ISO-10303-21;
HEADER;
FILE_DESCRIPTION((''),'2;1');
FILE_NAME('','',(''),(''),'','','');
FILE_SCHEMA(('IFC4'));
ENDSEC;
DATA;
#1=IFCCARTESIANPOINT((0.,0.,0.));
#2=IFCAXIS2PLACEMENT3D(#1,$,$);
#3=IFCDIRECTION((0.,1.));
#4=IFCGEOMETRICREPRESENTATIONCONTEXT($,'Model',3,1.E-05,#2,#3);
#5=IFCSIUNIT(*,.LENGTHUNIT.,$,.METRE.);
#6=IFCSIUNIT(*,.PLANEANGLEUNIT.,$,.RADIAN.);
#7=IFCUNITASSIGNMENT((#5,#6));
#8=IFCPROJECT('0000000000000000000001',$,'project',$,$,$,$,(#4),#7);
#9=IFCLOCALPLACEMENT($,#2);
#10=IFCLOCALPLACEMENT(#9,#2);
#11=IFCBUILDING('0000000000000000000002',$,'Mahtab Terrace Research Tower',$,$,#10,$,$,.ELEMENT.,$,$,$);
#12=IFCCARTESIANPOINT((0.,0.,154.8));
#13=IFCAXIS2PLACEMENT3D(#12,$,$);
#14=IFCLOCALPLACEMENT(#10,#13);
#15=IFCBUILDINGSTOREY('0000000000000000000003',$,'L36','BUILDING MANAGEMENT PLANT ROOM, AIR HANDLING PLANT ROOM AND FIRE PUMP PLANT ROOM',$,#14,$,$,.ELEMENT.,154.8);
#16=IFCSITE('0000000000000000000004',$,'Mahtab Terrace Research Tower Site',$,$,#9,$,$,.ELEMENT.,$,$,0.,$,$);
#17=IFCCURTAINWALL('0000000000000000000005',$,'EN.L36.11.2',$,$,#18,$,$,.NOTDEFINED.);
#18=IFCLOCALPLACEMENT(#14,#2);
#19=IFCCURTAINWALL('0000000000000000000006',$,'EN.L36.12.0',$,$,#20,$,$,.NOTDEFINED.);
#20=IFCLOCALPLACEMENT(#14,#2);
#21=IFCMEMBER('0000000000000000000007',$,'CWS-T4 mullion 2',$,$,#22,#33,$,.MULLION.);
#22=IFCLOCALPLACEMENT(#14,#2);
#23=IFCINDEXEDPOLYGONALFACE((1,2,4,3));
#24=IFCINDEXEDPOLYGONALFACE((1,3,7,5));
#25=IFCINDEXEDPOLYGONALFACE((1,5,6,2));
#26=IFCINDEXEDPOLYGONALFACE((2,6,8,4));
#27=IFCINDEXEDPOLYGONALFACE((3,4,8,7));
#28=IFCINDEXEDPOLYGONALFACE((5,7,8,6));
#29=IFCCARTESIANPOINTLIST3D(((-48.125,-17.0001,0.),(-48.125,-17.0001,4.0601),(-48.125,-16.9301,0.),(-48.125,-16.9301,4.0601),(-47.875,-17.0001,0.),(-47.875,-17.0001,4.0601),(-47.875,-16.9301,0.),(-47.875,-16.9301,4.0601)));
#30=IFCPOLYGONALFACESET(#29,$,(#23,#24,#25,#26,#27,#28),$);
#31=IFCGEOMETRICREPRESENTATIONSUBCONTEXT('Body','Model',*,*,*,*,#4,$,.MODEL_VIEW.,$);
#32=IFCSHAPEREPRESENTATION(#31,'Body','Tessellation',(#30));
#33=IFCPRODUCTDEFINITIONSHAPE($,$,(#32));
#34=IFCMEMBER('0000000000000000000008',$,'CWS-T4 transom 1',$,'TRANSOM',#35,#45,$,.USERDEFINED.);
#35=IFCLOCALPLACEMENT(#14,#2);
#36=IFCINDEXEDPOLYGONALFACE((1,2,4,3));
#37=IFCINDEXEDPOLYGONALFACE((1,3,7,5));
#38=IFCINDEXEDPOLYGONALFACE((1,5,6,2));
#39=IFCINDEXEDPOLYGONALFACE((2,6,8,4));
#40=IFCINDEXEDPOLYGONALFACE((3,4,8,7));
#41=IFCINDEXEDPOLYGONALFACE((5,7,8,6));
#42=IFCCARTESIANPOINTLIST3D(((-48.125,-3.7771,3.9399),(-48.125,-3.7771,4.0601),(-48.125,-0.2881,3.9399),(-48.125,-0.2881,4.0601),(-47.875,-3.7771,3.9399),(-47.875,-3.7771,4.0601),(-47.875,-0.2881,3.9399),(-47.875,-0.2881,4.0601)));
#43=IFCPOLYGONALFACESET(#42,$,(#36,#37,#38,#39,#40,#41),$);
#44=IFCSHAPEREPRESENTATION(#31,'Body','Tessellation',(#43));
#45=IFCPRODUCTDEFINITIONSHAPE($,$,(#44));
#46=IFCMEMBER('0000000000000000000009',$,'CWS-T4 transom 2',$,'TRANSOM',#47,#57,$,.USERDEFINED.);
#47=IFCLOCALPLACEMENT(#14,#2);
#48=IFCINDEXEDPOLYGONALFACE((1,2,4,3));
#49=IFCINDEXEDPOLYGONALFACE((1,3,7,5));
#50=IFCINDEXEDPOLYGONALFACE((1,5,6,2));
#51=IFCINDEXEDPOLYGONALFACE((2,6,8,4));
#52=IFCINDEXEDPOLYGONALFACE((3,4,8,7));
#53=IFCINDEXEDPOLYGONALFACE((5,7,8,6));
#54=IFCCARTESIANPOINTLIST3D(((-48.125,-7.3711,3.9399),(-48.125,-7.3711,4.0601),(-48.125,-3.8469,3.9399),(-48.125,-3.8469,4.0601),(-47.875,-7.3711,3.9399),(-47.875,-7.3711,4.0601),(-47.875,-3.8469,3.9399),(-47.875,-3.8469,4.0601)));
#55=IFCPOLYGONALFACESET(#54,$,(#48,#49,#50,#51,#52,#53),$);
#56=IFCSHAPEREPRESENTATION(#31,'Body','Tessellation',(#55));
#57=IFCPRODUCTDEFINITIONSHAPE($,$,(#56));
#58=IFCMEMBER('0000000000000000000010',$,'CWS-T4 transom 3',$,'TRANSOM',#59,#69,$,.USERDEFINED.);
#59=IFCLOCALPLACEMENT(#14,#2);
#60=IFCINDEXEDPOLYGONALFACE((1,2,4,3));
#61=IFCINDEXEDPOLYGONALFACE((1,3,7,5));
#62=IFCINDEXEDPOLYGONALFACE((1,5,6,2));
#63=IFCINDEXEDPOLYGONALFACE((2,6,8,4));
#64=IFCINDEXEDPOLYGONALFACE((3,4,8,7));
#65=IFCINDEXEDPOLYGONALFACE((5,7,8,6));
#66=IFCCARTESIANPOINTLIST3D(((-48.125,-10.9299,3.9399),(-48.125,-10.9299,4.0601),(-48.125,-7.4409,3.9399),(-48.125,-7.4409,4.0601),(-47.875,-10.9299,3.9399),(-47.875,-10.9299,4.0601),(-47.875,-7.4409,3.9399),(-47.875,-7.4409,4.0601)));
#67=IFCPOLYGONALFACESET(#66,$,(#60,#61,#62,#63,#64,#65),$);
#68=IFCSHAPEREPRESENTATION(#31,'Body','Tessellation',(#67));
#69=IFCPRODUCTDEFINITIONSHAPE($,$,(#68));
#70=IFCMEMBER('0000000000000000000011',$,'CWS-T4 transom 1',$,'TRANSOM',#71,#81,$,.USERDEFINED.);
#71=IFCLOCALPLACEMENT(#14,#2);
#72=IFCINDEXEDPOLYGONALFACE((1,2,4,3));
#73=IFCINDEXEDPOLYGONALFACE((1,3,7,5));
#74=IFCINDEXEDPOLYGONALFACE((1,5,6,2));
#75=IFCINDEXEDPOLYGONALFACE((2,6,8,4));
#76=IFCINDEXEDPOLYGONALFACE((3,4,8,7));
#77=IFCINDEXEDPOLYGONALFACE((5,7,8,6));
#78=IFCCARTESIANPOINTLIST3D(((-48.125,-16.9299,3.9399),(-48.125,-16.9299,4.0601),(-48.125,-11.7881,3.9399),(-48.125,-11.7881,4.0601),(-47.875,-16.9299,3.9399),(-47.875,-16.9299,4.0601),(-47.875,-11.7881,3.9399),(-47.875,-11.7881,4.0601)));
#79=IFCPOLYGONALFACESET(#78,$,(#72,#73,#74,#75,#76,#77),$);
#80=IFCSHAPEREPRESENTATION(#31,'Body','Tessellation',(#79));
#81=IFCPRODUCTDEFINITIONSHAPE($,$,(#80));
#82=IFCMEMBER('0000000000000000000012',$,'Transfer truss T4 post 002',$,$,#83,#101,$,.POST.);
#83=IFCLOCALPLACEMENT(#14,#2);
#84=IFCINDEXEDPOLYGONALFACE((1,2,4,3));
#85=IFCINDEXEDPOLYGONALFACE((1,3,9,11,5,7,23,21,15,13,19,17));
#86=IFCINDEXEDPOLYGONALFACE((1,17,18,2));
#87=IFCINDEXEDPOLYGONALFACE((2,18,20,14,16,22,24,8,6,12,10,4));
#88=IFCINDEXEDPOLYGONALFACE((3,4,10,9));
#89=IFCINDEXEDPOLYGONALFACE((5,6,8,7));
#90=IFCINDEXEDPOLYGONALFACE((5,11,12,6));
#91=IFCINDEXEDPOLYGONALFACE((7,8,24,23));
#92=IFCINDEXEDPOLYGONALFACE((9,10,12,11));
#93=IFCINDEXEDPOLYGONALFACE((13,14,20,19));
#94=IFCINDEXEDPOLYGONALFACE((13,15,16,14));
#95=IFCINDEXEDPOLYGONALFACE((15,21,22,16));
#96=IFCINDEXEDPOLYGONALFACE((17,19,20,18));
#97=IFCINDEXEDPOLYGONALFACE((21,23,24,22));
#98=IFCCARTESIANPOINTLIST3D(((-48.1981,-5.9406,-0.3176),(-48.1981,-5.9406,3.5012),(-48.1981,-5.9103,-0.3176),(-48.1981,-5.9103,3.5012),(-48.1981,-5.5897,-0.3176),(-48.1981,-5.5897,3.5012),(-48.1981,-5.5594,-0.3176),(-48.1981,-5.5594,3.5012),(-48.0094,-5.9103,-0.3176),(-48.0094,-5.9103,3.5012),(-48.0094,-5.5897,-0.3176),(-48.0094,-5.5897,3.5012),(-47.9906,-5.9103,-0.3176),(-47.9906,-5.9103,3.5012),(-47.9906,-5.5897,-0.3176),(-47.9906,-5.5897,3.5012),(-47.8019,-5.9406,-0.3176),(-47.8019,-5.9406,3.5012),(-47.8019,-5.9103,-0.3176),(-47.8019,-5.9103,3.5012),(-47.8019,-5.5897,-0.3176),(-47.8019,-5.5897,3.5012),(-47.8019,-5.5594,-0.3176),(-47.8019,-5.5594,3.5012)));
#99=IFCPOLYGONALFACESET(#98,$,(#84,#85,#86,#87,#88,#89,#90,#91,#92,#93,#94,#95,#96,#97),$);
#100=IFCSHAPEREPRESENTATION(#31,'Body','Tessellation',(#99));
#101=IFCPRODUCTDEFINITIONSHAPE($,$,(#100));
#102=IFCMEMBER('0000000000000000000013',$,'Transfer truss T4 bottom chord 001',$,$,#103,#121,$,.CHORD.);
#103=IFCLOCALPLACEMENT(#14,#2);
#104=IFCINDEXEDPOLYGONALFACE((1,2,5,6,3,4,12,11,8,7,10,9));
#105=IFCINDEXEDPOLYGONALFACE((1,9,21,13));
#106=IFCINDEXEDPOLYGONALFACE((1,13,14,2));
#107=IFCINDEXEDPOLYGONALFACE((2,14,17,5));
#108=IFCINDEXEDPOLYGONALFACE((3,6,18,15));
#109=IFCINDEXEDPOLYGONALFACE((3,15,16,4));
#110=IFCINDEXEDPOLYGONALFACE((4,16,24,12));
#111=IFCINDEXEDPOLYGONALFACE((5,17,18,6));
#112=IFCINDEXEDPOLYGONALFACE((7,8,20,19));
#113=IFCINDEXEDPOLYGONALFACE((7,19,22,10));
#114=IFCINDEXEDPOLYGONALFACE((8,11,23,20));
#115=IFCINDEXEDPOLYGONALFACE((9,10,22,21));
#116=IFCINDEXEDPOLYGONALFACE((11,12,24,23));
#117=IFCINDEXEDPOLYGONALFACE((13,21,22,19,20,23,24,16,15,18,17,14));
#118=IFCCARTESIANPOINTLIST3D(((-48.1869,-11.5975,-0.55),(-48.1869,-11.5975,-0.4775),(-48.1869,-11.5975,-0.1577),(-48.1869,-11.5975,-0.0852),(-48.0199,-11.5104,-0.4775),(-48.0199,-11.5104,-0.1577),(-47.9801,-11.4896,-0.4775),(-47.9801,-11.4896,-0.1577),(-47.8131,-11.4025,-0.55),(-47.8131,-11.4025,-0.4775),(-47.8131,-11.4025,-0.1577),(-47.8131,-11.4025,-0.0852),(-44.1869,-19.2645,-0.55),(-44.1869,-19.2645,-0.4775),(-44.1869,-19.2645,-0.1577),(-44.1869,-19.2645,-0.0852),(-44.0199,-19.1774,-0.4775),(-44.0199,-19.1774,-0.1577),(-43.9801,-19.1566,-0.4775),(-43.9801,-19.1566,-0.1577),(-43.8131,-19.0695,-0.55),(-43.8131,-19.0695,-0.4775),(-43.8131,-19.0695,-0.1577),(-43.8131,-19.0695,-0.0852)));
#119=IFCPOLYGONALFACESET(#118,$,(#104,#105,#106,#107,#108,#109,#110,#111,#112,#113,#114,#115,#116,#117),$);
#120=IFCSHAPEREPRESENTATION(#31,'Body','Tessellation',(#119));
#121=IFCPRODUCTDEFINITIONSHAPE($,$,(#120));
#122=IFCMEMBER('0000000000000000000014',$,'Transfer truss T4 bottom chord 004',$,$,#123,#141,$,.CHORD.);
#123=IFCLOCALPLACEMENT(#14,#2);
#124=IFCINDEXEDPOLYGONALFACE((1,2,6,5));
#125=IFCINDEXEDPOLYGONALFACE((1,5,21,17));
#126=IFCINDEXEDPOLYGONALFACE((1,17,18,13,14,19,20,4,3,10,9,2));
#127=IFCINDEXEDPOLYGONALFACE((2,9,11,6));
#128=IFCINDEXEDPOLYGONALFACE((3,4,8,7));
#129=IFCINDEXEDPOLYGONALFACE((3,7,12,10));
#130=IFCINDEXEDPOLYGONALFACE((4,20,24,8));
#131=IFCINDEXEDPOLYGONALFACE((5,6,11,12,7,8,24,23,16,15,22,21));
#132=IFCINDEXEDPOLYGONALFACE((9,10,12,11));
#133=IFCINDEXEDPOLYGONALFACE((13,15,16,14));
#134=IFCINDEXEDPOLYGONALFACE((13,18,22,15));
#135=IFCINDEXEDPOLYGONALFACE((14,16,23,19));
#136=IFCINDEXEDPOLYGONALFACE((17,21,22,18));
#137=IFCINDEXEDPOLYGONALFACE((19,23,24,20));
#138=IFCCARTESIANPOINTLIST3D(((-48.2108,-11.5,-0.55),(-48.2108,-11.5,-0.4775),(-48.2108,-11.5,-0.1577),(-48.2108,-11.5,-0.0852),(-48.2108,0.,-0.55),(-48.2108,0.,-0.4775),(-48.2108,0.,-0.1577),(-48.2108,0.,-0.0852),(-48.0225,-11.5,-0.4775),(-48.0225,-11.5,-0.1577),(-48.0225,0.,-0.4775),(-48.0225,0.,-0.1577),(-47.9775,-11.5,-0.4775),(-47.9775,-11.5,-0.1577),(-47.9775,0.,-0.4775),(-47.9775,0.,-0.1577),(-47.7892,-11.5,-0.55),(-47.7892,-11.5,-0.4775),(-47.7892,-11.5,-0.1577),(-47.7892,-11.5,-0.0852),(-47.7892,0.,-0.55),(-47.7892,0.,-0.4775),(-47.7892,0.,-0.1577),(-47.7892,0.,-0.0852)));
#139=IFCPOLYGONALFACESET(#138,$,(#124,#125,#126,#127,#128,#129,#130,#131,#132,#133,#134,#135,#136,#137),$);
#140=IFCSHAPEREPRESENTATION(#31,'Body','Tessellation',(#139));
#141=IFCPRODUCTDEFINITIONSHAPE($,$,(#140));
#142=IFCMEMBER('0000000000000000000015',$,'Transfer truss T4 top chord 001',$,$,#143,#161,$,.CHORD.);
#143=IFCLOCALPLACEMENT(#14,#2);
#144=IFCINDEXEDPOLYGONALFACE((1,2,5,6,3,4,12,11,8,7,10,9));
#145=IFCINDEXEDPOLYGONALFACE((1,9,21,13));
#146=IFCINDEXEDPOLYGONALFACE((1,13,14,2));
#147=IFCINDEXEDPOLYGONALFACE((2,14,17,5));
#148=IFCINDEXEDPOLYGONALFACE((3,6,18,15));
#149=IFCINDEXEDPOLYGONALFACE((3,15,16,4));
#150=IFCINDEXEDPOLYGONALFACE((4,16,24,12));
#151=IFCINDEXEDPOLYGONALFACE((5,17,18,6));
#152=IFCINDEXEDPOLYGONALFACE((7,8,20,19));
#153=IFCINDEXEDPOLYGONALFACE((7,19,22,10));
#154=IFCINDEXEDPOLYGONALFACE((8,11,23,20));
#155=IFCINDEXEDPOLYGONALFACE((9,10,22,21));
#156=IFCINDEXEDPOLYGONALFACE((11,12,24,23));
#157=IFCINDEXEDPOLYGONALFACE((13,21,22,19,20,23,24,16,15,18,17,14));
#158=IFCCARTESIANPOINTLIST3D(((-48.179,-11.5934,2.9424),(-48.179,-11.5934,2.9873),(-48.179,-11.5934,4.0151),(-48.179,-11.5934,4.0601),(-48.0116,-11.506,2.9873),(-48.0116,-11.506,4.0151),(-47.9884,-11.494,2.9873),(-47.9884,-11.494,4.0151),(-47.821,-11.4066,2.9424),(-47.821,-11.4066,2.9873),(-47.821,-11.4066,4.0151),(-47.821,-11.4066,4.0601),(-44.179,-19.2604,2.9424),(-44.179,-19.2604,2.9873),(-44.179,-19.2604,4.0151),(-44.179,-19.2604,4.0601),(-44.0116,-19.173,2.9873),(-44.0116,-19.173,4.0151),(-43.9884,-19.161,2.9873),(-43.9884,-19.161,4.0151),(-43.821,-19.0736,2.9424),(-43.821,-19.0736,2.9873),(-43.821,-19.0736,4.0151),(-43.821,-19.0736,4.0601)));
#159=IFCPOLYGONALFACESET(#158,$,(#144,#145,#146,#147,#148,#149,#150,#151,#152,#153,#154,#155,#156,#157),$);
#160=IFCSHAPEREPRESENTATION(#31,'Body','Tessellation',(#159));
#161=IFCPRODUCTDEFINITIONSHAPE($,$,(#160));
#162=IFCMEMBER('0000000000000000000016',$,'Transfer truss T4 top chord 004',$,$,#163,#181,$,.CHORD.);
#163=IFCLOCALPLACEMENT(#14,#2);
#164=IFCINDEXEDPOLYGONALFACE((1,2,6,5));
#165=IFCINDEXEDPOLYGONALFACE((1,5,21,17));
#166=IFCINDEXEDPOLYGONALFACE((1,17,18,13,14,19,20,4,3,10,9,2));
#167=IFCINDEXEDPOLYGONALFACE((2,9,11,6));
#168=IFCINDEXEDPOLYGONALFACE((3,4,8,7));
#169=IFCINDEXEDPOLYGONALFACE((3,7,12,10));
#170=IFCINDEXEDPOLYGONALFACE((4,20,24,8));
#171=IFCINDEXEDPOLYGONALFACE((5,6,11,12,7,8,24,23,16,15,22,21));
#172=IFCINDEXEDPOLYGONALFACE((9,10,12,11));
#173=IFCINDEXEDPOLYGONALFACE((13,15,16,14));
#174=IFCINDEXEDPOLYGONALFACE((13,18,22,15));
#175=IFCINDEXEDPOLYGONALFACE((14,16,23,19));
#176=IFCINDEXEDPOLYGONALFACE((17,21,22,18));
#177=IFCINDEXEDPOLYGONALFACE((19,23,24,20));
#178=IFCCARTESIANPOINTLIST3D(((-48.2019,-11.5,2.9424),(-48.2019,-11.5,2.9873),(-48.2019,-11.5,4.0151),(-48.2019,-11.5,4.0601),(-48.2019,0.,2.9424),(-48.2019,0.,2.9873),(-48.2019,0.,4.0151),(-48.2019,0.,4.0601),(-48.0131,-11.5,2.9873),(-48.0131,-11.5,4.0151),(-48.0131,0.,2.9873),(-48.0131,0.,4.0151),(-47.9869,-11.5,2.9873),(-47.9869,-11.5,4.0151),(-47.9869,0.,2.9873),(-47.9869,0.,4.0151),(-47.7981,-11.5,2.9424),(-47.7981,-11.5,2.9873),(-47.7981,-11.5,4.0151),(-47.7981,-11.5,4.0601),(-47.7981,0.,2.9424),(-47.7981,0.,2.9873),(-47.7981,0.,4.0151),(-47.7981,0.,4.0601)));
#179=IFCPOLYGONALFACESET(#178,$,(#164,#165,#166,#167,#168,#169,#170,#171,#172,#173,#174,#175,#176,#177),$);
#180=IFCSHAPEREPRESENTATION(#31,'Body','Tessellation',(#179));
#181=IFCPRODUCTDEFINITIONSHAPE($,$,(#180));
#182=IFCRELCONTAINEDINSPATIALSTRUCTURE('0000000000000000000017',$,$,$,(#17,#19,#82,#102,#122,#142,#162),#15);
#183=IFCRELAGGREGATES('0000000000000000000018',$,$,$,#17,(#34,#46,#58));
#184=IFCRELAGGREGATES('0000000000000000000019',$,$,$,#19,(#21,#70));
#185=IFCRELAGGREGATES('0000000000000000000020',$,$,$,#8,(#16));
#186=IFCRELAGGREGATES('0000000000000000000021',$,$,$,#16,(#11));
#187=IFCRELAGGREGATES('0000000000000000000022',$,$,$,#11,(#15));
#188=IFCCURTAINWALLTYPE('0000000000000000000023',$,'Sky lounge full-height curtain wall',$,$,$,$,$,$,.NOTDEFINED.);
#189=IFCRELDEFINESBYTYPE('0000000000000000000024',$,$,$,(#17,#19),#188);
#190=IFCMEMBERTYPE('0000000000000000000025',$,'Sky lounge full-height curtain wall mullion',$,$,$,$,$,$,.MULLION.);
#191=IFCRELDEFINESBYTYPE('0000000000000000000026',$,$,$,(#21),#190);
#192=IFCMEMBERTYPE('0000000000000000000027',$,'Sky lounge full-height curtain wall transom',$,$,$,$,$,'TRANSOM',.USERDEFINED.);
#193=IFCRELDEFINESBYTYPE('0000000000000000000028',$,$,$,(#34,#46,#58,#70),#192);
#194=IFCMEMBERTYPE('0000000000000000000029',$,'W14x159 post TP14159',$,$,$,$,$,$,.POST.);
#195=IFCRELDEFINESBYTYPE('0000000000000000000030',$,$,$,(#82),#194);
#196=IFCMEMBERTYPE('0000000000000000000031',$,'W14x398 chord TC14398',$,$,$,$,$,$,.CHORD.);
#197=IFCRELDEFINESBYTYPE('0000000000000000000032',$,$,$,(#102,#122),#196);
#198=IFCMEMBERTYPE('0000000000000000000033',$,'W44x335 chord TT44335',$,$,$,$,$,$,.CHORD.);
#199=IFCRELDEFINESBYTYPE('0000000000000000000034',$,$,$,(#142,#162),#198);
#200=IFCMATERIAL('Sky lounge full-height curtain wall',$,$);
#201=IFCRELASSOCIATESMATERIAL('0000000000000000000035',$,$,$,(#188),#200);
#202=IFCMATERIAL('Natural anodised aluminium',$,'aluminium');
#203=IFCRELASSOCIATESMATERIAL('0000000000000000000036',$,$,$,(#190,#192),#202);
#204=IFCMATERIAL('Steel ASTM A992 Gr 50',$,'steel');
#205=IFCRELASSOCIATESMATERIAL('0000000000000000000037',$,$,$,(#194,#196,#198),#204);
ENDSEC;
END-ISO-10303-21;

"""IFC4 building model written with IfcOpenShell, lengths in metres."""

from ifc_helpers import new_model, si_unit, direction, frame, origin, origin_2d, place, context, subcontext, project, spatial, rectangle, i_section, extrude, material, material_profile, profile_set, type_object, element, aggregate, save


model = new_model("IFC4")

# Units and contexts
model_context = context("Model", 3, precision=1e-05, world=origin(), true_north=direction((0.0, 1.0)))
body_context = subcontext(model_context, "Body", "Model", "MODEL_VIEW")
ifc_project = project(units=[si_unit("LENGTHUNIT", "METRE"), si_unit("PLANEANGLEUNIT", "RADIAN")], contexts=[model_context])

# Site, building, storey
site_placement = place(None, origin())
site = spatial("IfcSite", under=ifc_project, at=site_placement, Name="Mahtab Terrace Research Tower Site", CompositionType="ELEMENT", RefElevation=0.0)
building_placement = place(site_placement, origin())
building = spatial("IfcBuilding", under=site, at=building_placement, Name="Mahtab Terrace Research Tower", CompositionType="ELEMENT")
storey_placement = place(building_placement, frame((0.0, 0.0, 154.8)))
storey = spatial("IfcBuildingStorey", under=building, at=storey_placement, Name="L36", Description="BUILDING MANAGEMENT PLANT ROOM, AIR HANDLING PLANT ROOM AND FIRE PUMP PLANT ROOM", CompositionType="ELEMENT", Elevation=154.8)

# Shared definitions
ifc_material_1 = material(Name="Steel ASTM A992 Gr 50", Category="steel")

# Curtain walls, member
ifc_material_2 = material(Name="Sky lounge full-height curtain wall")
curtain_wall_type = type_object("IfcCurtainWallType", Name="Sky lounge full-height curtain wall", PredefinedType="NOTDEFINED", material=ifc_material_2)
curtain_wall_1_placement = place(storey_placement, origin())
curtain_wall_1 = element("IfcCurtainWall", 1, at=curtain_wall_1_placement, inside=storey, type_object=curtain_wall_type, Name="EN.L36.11.2", PredefinedType="NOTDEFINED")
ifc_material_3 = material(Name="Natural anodised aluminium", Category="aluminium")
ifc_material_profile_1 = material_profile(ifc_material_3, rectangle(XDim=0.25, YDim=0.0701, at=origin_2d()), Name="MULLION 70x250")
ifc_profile_set_1 = profile_set([ifc_material_profile_1], Name="Natural anodised aluminium")
member_type_1 = type_object("IfcMemberType", Name="Sky lounge full-height curtain wall mullion", PredefinedType="MULLION", material=ifc_profile_set_1)
curtain_wall_2_placement = place(storey_placement, origin())
curtain_wall_2 = element("IfcCurtainWall", 2, at=curtain_wall_2_placement, inside=storey, type_object=curtain_wall_type, Name="EN.L36.12.0", PredefinedType="NOTDEFINED")
member_1_placement = place(storey_placement, frame((-48.0, -16.9651, 0.0), z_axis=(0.0, 0.0, 1.0), x_axis=(1.0, 0.0, 0.0)))
member_1 = element("IfcMember", 3, at=member_1_placement, type_object=member_type_1, Name="CWS-T4 mullion 2", PredefinedType="MULLION", context=body_context, shape_type="SweptSolid", body=[
    extrude(rectangle(XDim=0.25, YDim=0.0701, at=origin_2d()), origin(), (0.0, 0.0, 1.0), 4.0601),
])

# Members
ifc_material_profile_2 = material_profile(ifc_material_3, rectangle(XDim=0.25, YDim=0.1201, at=origin_2d()), Name="TRANSOM 120x250")
ifc_profile_set_2 = profile_set([ifc_material_profile_2], Name="Natural anodised aluminium")
member_type_2 = type_object("IfcMemberType", Name="Sky lounge full-height curtain wall transom", ElementType="TRANSOM", PredefinedType="USERDEFINED", material=ifc_profile_set_2)
member_2_placement = place(storey_placement, frame((-48.0, -0.2881, 4.0), z_axis=(0.0, -1.0, 0.0), x_axis=(1.0, 0.0, 0.0)))
member_2 = element("IfcMember", 4, at=member_2_placement, type_object=member_type_2, Name="CWS-T4 transom 1", ObjectType="TRANSOM", PredefinedType="USERDEFINED", context=body_context, shape_type="SweptSolid", body=[
    extrude(rectangle(XDim=0.25, YDim=0.1201, at=origin_2d()), origin(), (0.0, 0.0, 1.0), 3.489),
])
member_3_placement = place(storey_placement, frame((-48.0, -3.8469, 4.0), z_axis=(0.0, -1.0, 0.0), x_axis=(1.0, 0.0, 0.0)))
member_3 = element("IfcMember", 5, at=member_3_placement, type_object=member_type_2, Name="CWS-T4 transom 2", ObjectType="TRANSOM", PredefinedType="USERDEFINED", context=body_context, shape_type="SweptSolid", body=[
    extrude(rectangle(XDim=0.25, YDim=0.1201, at=origin_2d()), origin(), (0.0, 0.0, 1.0), 3.5242),
])
member_4_placement = place(storey_placement, frame((-48.0, -7.4409, 4.0), z_axis=(0.0, -1.0, 0.0), x_axis=(1.0, 0.0, 0.0)))
member_4 = element("IfcMember", 6, at=member_4_placement, type_object=member_type_2, Name="CWS-T4 transom 3", ObjectType="TRANSOM", PredefinedType="USERDEFINED", context=body_context, shape_type="SweptSolid", body=[
    extrude(rectangle(XDim=0.25, YDim=0.1201, at=origin_2d()), origin(), (0.0, 0.0, 1.0), 3.489),
])
member_5_placement = place(storey_placement, frame((-48.0, -11.7881, 4.0), z_axis=(0.0, -1.0, 0.0), x_axis=(1.0, 0.0, 0.0)))
member_5 = element("IfcMember", 7, at=member_5_placement, type_object=member_type_2, Name="CWS-T4 transom 1", ObjectType="TRANSOM", PredefinedType="USERDEFINED", context=body_context, shape_type="SweptSolid", body=[
    extrude(rectangle(XDim=0.25, YDim=0.1201, at=origin_2d()), origin(), (0.0, 0.0, 1.0), 5.1418),
])

# Members
ifc_material_profile_3 = material_profile(ifc_material_1, i_section(OverallWidth=0.3962, OverallDepth=0.3811, WebThickness=0.0188, FlangeThickness=0.0303, at=origin_2d()), Name="W14X159")
ifc_profile_set_3 = profile_set([ifc_material_profile_3], Name="Steel ASTM A992 Gr 50")
member_type_3 = type_object("IfcMemberType", Name="W14x159 post TP14159", PredefinedType="POST", material=ifc_profile_set_3)
member_6_placement = place(storey_placement, frame((-48.0, -5.75, -0.3176), z_axis=(0.0, 0.0, 1.0), x_axis=(1.0, 0.0, 0.0)))
element("IfcMember", 8, at=member_6_placement, inside=storey, type_object=member_type_3, Name="Transfer truss T4 post 002", PredefinedType="POST", context=body_context, shape_type="SweptSolid", body=[
    extrude(i_section(OverallWidth=0.3962, OverallDepth=0.3811, WebThickness=0.0188, FlangeThickness=0.0303, at=origin_2d()), origin(), (0.0, 0.0, 1.0), 3.8188),
])
ifc_material_profile_4 = material_profile(ifc_material_1, i_section(OverallWidth=0.4216, OverallDepth=0.4648, WebThickness=0.0449, FlangeThickness=0.0725, at=origin_2d()), Name="W14X398")
ifc_profile_set_4 = profile_set([ifc_material_profile_4], Name="Steel ASTM A992 Gr 50")
member_type_4 = type_object("IfcMemberType", Name="W14x398 chord TC14398", PredefinedType="CHORD", material=ifc_profile_set_4)
member_7_placement = place(storey_placement, frame((-48.0, -11.5, -0.3176), z_axis=(0.462551, -0.886593, 0.0), x_axis=(0.886593, 0.462551, 0.0)))
element("IfcMember", 9, at=member_7_placement, inside=storey, type_object=member_type_4, Name="Transfer truss T4 bottom chord 001", PredefinedType="CHORD", context=body_context, shape_type="SweptSolid", body=[
    extrude(i_section(OverallWidth=0.4216, OverallDepth=0.4648, WebThickness=0.0449, FlangeThickness=0.0725, at=origin_2d()), origin(), (0.0, 0.0, 1.0), 8.6477),
])
member_8_placement = place(storey_placement, frame((-48.0, 0.0, -0.3176), z_axis=(0.0, -1.0, 0.0), x_axis=(1.0, 0.0, 0.0)))
element("IfcMember", 10, at=member_8_placement, inside=storey, type_object=member_type_4, Name="Transfer truss T4 bottom chord 004", PredefinedType="CHORD", context=body_context, shape_type="SweptSolid", body=[
    extrude(i_section(OverallWidth=0.4216, OverallDepth=0.4648, WebThickness=0.0449, FlangeThickness=0.0725, at=origin_2d()), origin(), (0.0, 0.0, 1.0), 11.5),
])
ifc_material_profile_5 = material_profile(ifc_material_1, i_section(OverallWidth=0.4038, OverallDepth=1.1177, WebThickness=0.0261, FlangeThickness=0.0449, at=origin_2d()), Name="W44X335")
ifc_profile_set_5 = profile_set([ifc_material_profile_5], Name="Steel ASTM A992 Gr 50")
member_type_5 = type_object("IfcMemberType", Name="W44x335 chord TT44335", PredefinedType="CHORD", material=ifc_profile_set_5)
member_9_placement = place(storey_placement, frame((-48.0, -11.5, 3.5012), z_axis=(0.462551, -0.886593, 0.0), x_axis=(0.886593, 0.462551, 0.0)))
element("IfcMember", 11, at=member_9_placement, inside=storey, type_object=member_type_5, Name="Transfer truss T4 top chord 001", PredefinedType="CHORD", context=body_context, shape_type="SweptSolid", body=[
    extrude(i_section(OverallWidth=0.4038, OverallDepth=1.1177, WebThickness=0.0261, FlangeThickness=0.0449, at=origin_2d()), origin(), (0.0, 0.0, 1.0), 8.6477),
])
member_10_placement = place(storey_placement, frame((-48.0, 0.0, 3.5012), z_axis=(0.0, -1.0, 0.0), x_axis=(1.0, 0.0, 0.0)))
element("IfcMember", 12, at=member_10_placement, inside=storey, type_object=member_type_5, Name="Transfer truss T4 top chord 004", PredefinedType="CHORD", context=body_context, shape_type="SweptSolid", body=[
    extrude(i_section(OverallWidth=0.4038, OverallDepth=1.1177, WebThickness=0.0261, FlangeThickness=0.0449, at=origin_2d()), origin(), (0.0, 0.0, 1.0), 11.5),
])

aggregate(curtain_wall_1, [member_2, member_3, member_4])
aggregate(curtain_wall_2, [member_1, member_5])

save(model, "model.ifc")
